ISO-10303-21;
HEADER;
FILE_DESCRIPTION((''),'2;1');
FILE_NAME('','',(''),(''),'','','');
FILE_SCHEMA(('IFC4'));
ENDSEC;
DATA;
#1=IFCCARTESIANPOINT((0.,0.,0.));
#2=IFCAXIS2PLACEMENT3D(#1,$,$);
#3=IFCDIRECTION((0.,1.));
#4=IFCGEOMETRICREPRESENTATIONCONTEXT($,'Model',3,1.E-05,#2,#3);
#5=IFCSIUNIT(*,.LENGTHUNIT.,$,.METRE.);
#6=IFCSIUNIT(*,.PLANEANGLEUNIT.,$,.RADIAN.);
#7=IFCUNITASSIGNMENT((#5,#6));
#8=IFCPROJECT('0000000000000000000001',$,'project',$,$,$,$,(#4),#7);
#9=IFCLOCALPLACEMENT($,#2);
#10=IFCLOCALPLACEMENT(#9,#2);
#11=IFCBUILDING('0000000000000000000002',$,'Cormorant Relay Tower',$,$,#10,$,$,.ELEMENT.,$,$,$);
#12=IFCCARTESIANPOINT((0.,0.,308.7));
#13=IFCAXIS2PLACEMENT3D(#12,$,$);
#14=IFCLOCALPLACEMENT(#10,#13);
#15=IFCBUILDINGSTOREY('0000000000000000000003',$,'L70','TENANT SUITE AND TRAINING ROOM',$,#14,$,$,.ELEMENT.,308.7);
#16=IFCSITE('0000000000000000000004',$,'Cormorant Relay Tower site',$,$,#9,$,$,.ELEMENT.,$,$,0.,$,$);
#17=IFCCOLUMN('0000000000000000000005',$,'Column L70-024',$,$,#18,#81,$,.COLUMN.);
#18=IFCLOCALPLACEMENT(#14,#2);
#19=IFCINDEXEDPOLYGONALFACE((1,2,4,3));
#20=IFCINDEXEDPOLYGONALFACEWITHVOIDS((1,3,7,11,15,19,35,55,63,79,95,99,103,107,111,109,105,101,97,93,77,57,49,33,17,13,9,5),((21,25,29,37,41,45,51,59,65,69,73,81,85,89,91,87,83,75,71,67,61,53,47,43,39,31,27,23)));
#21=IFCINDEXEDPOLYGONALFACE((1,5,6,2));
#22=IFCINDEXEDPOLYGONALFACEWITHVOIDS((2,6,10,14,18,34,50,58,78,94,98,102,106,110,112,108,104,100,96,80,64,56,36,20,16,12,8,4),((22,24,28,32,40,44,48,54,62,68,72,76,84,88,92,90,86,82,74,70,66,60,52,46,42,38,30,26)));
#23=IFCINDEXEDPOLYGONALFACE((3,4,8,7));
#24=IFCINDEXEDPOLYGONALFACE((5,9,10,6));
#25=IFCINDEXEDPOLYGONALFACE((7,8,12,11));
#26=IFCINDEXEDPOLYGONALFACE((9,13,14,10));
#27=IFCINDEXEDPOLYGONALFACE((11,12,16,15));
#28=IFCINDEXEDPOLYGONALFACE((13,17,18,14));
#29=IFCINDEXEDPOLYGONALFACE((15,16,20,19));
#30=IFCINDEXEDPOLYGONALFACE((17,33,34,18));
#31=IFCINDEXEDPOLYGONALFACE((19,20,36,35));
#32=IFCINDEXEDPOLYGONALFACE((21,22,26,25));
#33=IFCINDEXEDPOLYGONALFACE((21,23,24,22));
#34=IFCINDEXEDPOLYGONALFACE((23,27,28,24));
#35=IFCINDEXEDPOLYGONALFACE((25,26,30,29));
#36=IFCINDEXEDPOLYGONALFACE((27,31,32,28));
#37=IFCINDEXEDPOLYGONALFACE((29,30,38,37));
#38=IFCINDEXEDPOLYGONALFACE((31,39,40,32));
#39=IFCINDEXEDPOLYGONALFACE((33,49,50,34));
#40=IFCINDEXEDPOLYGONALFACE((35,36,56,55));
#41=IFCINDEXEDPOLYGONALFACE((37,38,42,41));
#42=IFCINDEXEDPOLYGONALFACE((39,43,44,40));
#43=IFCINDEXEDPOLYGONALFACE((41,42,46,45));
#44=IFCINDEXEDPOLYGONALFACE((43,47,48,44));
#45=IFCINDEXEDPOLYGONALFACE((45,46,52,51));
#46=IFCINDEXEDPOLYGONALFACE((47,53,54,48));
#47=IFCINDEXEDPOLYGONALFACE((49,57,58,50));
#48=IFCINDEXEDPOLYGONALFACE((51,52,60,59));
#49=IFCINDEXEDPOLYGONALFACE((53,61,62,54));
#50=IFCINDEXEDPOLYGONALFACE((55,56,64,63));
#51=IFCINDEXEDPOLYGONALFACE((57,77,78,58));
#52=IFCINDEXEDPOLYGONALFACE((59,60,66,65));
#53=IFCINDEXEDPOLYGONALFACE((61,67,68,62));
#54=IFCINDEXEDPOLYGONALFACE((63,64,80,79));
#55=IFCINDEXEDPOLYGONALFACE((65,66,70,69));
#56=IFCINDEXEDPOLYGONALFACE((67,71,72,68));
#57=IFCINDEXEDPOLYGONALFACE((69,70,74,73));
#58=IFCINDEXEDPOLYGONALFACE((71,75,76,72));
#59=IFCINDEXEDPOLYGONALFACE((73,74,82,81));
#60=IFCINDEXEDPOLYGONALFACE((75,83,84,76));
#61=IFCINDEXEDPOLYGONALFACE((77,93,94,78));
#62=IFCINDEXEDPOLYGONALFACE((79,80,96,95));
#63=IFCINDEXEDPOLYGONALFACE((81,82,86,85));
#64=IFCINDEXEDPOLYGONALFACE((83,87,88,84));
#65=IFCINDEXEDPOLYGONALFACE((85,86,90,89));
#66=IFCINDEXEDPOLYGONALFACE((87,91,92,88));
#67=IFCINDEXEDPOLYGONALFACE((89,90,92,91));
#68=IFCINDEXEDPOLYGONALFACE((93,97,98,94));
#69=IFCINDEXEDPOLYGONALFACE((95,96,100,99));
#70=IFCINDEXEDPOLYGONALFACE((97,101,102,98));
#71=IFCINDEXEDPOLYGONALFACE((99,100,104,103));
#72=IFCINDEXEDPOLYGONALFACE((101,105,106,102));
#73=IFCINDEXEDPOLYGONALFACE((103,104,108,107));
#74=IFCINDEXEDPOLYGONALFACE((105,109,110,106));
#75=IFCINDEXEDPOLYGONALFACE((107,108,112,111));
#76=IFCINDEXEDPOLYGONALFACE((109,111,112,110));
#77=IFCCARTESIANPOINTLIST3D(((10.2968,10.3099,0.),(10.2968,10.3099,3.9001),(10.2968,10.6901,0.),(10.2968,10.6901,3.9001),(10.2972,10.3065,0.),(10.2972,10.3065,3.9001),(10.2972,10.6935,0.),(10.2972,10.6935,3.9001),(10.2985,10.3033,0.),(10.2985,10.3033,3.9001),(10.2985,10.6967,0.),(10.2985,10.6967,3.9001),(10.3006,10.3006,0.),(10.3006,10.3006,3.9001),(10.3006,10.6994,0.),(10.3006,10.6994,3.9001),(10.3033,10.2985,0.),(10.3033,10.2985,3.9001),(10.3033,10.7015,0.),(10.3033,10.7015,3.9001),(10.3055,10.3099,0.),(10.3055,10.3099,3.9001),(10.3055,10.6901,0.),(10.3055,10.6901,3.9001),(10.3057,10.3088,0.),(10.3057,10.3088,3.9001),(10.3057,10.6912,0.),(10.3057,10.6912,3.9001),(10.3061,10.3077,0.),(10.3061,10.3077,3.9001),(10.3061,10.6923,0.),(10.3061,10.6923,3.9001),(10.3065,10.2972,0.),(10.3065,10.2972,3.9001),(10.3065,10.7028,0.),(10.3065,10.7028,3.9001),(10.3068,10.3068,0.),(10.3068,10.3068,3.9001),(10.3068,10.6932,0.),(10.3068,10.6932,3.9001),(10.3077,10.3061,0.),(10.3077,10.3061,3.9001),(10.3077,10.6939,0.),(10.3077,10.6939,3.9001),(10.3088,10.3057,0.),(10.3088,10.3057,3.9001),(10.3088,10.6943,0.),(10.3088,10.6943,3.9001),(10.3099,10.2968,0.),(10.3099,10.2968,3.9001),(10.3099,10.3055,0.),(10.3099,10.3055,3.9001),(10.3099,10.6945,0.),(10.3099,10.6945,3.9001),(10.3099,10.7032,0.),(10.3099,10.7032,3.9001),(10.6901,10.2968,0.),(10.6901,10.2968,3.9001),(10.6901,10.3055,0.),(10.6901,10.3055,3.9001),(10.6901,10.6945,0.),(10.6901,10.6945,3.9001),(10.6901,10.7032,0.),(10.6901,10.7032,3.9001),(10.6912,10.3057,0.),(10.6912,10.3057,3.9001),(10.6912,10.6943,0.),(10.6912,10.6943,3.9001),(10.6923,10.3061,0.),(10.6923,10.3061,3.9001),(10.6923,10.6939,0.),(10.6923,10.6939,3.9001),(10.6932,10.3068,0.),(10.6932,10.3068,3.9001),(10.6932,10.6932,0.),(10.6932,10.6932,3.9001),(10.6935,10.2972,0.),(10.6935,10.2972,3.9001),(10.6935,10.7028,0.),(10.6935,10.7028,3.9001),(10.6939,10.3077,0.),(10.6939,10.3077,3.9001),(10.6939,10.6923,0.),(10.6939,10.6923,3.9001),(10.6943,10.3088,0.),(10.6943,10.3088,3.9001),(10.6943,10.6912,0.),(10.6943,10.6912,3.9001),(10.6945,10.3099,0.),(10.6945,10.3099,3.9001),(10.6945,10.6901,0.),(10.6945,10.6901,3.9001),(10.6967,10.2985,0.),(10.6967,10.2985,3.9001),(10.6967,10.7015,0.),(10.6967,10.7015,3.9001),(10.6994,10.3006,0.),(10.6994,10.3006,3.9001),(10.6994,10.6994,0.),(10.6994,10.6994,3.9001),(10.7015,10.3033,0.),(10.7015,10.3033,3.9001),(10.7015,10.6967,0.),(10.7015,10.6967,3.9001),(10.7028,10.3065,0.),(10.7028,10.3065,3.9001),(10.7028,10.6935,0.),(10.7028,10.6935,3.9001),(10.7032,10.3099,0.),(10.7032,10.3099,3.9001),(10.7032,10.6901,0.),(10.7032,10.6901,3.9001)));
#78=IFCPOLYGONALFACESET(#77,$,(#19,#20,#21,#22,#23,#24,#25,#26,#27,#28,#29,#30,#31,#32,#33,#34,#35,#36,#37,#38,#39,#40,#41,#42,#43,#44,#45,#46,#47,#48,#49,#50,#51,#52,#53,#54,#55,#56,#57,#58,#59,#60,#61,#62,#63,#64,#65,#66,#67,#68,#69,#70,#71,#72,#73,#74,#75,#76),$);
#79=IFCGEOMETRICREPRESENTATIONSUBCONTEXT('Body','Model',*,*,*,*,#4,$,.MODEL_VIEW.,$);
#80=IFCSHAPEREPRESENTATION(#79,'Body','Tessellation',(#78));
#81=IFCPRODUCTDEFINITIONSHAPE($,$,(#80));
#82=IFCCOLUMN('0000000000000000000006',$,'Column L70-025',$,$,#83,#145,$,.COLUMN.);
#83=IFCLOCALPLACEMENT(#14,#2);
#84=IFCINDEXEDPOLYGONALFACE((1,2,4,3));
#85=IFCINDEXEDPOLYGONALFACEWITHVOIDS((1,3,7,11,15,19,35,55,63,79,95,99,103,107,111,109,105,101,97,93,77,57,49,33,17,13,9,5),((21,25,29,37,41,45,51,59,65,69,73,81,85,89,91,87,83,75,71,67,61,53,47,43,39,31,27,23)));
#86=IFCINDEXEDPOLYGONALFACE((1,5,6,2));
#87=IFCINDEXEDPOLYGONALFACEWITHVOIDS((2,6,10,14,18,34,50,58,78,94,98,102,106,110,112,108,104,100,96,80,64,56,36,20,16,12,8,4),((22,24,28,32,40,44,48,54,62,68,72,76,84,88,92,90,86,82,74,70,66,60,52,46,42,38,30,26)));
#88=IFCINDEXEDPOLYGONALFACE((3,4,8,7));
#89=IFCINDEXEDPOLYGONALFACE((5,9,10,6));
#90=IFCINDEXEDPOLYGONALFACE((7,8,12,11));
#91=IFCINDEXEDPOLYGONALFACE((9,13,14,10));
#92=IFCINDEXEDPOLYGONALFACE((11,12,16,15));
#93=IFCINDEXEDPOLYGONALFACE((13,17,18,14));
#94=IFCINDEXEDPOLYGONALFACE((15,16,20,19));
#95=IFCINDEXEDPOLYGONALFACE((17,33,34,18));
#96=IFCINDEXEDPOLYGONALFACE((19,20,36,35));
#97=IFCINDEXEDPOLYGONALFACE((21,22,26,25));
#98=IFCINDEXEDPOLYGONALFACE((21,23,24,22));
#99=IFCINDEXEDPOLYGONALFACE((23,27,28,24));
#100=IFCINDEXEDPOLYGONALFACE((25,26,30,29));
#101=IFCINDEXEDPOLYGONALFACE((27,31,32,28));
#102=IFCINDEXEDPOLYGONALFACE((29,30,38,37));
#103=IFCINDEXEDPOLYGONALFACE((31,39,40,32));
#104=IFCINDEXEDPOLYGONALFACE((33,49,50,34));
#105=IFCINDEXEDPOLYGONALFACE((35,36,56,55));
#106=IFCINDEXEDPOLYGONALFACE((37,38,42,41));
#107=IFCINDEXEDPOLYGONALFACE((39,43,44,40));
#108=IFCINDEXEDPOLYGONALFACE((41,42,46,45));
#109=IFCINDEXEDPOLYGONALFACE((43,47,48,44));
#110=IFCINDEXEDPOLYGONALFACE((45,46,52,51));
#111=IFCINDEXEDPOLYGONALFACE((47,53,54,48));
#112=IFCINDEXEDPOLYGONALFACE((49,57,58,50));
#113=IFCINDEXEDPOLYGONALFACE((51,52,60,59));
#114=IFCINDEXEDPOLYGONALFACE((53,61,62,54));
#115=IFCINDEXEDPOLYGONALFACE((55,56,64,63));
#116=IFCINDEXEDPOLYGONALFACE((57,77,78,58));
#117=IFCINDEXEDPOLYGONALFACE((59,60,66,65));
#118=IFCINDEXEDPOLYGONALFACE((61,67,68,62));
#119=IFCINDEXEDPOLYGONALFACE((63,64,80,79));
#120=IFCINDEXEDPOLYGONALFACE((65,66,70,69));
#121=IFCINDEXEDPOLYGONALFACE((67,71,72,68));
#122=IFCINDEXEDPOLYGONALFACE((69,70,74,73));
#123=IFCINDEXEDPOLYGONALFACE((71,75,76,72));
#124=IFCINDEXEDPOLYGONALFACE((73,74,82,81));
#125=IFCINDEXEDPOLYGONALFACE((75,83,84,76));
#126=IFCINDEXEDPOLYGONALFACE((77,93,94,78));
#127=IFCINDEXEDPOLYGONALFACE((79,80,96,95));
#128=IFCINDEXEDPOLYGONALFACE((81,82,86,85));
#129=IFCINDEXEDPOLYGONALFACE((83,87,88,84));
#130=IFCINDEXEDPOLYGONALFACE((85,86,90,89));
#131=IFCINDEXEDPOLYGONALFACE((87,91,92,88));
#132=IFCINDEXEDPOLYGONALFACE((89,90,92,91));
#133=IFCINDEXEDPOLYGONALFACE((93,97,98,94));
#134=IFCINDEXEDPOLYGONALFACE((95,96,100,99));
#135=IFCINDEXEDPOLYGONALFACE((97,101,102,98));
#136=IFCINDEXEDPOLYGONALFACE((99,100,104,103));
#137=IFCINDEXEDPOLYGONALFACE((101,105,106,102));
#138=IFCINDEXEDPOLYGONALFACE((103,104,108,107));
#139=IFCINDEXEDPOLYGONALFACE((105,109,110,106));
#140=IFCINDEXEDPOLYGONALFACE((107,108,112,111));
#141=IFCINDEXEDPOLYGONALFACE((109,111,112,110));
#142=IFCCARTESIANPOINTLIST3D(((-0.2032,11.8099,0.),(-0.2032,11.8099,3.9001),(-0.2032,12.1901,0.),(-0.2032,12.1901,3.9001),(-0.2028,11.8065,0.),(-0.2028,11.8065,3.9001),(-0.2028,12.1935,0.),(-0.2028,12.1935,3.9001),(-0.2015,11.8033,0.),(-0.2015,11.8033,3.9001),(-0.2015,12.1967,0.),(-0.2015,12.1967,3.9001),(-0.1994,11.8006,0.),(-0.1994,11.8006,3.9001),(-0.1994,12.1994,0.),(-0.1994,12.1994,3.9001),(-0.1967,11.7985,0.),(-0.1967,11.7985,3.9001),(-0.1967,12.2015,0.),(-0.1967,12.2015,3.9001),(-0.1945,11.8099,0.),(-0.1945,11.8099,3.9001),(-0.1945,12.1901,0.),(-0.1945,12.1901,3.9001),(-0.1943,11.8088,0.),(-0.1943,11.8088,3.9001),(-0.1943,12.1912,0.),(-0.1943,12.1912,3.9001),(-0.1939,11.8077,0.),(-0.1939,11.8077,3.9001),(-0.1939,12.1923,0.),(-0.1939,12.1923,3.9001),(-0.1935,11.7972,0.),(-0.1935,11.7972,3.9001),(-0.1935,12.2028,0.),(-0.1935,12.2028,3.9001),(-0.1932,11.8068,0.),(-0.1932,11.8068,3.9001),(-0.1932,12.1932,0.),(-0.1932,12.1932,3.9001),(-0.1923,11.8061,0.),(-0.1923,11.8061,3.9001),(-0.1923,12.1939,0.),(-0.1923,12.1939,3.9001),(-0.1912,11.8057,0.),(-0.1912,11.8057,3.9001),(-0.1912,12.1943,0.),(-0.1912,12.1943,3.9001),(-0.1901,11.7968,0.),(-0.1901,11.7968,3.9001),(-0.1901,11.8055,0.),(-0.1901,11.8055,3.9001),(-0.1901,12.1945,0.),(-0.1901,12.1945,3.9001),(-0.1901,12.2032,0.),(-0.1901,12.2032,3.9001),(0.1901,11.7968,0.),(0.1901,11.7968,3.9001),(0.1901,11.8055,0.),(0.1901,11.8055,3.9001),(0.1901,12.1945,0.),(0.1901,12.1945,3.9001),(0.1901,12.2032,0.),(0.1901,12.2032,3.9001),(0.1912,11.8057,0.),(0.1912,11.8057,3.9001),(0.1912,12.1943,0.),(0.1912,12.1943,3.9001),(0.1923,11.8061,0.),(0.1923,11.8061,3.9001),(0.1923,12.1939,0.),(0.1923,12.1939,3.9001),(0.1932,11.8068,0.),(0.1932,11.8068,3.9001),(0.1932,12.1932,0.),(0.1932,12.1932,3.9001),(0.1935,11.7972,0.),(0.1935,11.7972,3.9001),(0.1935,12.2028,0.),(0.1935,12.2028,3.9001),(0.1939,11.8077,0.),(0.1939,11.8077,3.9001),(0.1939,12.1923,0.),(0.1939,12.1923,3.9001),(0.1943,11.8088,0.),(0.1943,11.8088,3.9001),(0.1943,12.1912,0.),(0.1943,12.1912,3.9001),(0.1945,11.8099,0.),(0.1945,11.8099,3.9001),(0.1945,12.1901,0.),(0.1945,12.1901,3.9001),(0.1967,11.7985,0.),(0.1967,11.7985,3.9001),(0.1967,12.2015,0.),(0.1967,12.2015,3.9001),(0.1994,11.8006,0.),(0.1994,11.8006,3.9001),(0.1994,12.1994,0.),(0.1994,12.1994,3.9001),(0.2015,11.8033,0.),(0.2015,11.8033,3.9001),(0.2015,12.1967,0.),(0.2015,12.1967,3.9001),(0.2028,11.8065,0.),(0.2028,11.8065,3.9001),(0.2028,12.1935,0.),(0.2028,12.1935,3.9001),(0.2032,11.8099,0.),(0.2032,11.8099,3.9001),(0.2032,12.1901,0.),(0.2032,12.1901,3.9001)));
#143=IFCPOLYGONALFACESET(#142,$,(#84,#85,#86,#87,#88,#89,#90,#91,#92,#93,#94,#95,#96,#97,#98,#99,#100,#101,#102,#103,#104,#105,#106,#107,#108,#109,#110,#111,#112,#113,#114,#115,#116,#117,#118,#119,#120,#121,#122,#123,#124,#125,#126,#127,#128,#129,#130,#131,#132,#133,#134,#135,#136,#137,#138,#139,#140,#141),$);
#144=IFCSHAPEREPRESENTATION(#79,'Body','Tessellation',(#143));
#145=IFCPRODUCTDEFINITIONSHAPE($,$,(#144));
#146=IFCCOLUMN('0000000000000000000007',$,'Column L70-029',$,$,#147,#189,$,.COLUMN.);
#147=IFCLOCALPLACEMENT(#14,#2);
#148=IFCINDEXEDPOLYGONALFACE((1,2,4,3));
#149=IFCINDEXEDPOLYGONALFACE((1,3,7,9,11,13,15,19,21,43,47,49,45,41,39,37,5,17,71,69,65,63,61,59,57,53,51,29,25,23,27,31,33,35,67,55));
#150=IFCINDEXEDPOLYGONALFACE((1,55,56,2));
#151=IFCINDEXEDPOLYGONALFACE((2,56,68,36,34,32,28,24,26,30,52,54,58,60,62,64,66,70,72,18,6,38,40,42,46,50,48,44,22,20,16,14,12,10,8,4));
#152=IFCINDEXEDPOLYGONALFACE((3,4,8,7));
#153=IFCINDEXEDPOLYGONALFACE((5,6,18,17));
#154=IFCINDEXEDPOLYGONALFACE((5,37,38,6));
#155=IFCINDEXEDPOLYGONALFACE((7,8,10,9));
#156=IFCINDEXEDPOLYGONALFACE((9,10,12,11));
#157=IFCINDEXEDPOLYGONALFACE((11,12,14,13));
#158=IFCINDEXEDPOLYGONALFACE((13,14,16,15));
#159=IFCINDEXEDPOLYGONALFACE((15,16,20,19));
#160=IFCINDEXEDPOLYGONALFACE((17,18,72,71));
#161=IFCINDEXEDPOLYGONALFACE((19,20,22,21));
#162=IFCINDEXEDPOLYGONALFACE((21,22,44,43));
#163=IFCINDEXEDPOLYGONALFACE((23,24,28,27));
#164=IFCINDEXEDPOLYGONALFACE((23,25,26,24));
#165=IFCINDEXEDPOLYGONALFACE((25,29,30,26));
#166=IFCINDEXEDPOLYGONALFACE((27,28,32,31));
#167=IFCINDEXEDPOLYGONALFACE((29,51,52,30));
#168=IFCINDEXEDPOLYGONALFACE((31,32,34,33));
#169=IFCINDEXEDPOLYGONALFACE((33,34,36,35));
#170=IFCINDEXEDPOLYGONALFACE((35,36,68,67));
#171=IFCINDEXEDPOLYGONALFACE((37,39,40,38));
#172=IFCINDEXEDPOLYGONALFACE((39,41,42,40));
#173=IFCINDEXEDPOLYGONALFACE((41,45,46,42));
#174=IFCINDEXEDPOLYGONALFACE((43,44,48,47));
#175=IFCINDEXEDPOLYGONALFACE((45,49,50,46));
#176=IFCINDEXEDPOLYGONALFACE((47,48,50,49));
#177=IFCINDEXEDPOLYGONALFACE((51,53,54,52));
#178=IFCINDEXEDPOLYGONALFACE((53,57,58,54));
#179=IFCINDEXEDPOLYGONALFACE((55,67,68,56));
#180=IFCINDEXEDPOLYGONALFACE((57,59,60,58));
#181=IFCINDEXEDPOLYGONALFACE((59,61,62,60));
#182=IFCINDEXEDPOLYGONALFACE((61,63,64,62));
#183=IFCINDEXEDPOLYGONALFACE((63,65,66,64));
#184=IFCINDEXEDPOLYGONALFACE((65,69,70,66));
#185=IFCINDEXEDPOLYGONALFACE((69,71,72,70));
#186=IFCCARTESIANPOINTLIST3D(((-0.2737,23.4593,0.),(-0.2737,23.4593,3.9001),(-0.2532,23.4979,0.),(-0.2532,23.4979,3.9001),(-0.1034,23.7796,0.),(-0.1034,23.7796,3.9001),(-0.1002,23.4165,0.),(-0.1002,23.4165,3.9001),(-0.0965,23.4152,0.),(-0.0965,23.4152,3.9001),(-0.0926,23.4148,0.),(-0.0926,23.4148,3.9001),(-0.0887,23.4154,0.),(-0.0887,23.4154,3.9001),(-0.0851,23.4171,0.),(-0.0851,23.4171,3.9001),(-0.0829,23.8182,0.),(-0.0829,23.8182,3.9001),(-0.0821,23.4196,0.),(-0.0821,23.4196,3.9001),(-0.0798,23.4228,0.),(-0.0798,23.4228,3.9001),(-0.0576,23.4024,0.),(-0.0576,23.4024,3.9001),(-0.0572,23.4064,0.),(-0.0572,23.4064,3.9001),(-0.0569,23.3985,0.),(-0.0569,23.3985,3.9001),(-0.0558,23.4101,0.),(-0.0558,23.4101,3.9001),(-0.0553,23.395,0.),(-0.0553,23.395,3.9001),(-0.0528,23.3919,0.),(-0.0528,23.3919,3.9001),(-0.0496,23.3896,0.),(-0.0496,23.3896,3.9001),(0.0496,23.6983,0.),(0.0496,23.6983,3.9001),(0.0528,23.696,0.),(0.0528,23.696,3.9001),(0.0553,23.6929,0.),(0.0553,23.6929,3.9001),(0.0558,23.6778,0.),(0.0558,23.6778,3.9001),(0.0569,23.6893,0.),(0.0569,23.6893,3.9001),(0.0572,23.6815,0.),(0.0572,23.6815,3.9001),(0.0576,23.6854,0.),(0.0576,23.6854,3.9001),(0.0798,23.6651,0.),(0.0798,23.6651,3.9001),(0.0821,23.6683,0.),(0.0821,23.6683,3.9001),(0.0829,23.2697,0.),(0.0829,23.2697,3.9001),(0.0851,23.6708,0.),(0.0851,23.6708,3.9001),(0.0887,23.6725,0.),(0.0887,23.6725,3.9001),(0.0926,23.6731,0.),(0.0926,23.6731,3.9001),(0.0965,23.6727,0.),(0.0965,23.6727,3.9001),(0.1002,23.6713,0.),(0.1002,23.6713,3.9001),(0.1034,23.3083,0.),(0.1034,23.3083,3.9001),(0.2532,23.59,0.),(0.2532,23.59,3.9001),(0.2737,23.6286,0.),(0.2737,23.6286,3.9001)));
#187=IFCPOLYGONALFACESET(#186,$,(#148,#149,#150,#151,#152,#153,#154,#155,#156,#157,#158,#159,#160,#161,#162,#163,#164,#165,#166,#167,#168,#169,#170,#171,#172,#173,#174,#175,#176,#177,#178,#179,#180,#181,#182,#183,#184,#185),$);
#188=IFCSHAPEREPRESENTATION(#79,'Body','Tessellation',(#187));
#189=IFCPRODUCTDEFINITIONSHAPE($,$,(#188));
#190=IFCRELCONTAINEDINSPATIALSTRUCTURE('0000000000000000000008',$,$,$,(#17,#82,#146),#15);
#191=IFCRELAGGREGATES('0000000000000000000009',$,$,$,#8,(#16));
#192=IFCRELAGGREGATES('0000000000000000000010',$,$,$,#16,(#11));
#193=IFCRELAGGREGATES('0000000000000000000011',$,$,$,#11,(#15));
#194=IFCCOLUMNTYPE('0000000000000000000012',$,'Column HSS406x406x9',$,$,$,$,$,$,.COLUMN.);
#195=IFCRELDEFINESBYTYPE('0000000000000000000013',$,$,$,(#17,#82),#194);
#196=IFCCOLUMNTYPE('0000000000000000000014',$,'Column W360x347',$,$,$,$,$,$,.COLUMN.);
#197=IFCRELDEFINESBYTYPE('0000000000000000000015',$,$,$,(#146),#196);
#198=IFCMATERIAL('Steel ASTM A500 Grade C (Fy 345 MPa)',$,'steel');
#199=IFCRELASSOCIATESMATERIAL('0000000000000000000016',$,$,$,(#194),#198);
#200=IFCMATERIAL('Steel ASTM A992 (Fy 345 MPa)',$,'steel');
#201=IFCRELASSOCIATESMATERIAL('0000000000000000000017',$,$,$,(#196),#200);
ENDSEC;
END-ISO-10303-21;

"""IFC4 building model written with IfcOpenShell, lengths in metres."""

from ifc_helpers import new_model, si_unit, direction, frame, origin, origin_2d, place, context, subcontext, project, spatial, hollow_rectangle, i_section, extrude, material, material_profile, profile_set, type_object, element, save


model = new_model("IFC4")

# Units and contexts
model_context = context("Model", 3, precision=1e-05, world=origin(), true_north=direction((0.0, 1.0)))
body_context = subcontext(model_context, "Body", "Model", "MODEL_VIEW")
ifc_project = project(units=[si_unit("LENGTHUNIT", "METRE"), si_unit("PLANEANGLEUNIT", "RADIAN")], contexts=[model_context])

# Site, building, storey
site_placement = place(None, origin())
site = spatial("IfcSite", under=ifc_project, at=site_placement, Name="Cormorant Relay Tower site", CompositionType="ELEMENT", RefElevation=0.0)
building_placement = place(site_placement, origin())
building = spatial("IfcBuilding", under=site, at=building_placement, Name="Cormorant Relay Tower", CompositionType="ELEMENT")
storey_placement = place(building_placement, frame((0.0, 0.0, 308.7)))
storey = spatial("IfcBuildingStorey", under=building, at=storey_placement, Name="L70", Description="TENANT SUITE AND TRAINING ROOM", CompositionType="ELEMENT", Elevation=308.7)

# Columns
ifc_material_1 = material(Name="Steel ASTM A500 Grade C (Fy 345 MPa)", Category="steel")
ifc_material_profile_1 = material_profile(ifc_material_1, hollow_rectangle(XDim=0.4065, YDim=0.4065, WallThickness=0.0088, InnerFilletRadius=0.0044, OuterFilletRadius=0.0132, at=origin_2d()), Name="HSS406x406x9")
ifc_profile_set_1 = profile_set([ifc_material_profile_1], Name="Steel ASTM A500 Grade C (Fy 345 MPa)")
column_type_1 = type_object("IfcColumnType", Name="Column HSS406x406x9", PredefinedType="COLUMN", material=ifc_profile_set_1)
for number, where, z_axis, x_axis, name in (
    (1, (10.5, 10.5, 0.0), (0.0, 0.0, 1.0), (1.0, 0.0, 0.0), "Column L70-024"),
    (2, (0.0, 12.0, 0.0), (0.0, 0.0, 1.0), (1.0, 0.0, 0.0), "Column L70-025"),
):
    element("IfcColumn", number, at=place(storey_placement, frame(where, z_axis=z_axis, x_axis=x_axis)), inside=storey, type_object=column_type_1, Name=name, PredefinedType="COLUMN", context=body_context, shape_type="SweptSolid", body=[
        extrude(hollow_rectangle(XDim=0.4065, YDim=0.4065, WallThickness=0.0088, InnerFilletRadius=0.0044, OuterFilletRadius=0.0132, at=origin_2d()), origin(), (0.0, 0.0, 1.0), 3.9001),
    ])
ifc_material_2 = material(Name="Steel ASTM A992 (Fy 345 MPa)", Category="steel")
ifc_material_profile_2 = material_profile(ifc_material_2, i_section(OverallWidth=0.4038, OverallDepth=0.4065, WebThickness=0.0271, FlangeThickness=0.0437, FilletRadius=0.0151, at=origin_2d()), Name="W360x347")
ifc_profile_set_2 = profile_set([ifc_material_profile_2], Name="Steel ASTM A992 (Fy 345 MPa)")
column_type_2 = type_object("IfcColumnType", Name="Column W360x347", PredefinedType="COLUMN", material=ifc_profile_set_2)
column_placement = place(storey_placement, frame((0.0, 23.5439, 0.0), z_axis=(0.0, 0.0, 1.0), x_axis=(-0.882948, 0.469472, 0.0)))
element("IfcColumn", 3, at=column_placement, inside=storey, type_object=column_type_2, Name="Column L70-029", PredefinedType="COLUMN", context=body_context, shape_type="SweptSolid", body=[
    extrude(i_section(OverallWidth=0.4038, OverallDepth=0.4065, WebThickness=0.0271, FlangeThickness=0.0437, FilletRadius=0.0151, at=origin_2d()), origin(), (0.0, 0.0, 1.0), 3.9001),
])

save(model, "model.ifc")
